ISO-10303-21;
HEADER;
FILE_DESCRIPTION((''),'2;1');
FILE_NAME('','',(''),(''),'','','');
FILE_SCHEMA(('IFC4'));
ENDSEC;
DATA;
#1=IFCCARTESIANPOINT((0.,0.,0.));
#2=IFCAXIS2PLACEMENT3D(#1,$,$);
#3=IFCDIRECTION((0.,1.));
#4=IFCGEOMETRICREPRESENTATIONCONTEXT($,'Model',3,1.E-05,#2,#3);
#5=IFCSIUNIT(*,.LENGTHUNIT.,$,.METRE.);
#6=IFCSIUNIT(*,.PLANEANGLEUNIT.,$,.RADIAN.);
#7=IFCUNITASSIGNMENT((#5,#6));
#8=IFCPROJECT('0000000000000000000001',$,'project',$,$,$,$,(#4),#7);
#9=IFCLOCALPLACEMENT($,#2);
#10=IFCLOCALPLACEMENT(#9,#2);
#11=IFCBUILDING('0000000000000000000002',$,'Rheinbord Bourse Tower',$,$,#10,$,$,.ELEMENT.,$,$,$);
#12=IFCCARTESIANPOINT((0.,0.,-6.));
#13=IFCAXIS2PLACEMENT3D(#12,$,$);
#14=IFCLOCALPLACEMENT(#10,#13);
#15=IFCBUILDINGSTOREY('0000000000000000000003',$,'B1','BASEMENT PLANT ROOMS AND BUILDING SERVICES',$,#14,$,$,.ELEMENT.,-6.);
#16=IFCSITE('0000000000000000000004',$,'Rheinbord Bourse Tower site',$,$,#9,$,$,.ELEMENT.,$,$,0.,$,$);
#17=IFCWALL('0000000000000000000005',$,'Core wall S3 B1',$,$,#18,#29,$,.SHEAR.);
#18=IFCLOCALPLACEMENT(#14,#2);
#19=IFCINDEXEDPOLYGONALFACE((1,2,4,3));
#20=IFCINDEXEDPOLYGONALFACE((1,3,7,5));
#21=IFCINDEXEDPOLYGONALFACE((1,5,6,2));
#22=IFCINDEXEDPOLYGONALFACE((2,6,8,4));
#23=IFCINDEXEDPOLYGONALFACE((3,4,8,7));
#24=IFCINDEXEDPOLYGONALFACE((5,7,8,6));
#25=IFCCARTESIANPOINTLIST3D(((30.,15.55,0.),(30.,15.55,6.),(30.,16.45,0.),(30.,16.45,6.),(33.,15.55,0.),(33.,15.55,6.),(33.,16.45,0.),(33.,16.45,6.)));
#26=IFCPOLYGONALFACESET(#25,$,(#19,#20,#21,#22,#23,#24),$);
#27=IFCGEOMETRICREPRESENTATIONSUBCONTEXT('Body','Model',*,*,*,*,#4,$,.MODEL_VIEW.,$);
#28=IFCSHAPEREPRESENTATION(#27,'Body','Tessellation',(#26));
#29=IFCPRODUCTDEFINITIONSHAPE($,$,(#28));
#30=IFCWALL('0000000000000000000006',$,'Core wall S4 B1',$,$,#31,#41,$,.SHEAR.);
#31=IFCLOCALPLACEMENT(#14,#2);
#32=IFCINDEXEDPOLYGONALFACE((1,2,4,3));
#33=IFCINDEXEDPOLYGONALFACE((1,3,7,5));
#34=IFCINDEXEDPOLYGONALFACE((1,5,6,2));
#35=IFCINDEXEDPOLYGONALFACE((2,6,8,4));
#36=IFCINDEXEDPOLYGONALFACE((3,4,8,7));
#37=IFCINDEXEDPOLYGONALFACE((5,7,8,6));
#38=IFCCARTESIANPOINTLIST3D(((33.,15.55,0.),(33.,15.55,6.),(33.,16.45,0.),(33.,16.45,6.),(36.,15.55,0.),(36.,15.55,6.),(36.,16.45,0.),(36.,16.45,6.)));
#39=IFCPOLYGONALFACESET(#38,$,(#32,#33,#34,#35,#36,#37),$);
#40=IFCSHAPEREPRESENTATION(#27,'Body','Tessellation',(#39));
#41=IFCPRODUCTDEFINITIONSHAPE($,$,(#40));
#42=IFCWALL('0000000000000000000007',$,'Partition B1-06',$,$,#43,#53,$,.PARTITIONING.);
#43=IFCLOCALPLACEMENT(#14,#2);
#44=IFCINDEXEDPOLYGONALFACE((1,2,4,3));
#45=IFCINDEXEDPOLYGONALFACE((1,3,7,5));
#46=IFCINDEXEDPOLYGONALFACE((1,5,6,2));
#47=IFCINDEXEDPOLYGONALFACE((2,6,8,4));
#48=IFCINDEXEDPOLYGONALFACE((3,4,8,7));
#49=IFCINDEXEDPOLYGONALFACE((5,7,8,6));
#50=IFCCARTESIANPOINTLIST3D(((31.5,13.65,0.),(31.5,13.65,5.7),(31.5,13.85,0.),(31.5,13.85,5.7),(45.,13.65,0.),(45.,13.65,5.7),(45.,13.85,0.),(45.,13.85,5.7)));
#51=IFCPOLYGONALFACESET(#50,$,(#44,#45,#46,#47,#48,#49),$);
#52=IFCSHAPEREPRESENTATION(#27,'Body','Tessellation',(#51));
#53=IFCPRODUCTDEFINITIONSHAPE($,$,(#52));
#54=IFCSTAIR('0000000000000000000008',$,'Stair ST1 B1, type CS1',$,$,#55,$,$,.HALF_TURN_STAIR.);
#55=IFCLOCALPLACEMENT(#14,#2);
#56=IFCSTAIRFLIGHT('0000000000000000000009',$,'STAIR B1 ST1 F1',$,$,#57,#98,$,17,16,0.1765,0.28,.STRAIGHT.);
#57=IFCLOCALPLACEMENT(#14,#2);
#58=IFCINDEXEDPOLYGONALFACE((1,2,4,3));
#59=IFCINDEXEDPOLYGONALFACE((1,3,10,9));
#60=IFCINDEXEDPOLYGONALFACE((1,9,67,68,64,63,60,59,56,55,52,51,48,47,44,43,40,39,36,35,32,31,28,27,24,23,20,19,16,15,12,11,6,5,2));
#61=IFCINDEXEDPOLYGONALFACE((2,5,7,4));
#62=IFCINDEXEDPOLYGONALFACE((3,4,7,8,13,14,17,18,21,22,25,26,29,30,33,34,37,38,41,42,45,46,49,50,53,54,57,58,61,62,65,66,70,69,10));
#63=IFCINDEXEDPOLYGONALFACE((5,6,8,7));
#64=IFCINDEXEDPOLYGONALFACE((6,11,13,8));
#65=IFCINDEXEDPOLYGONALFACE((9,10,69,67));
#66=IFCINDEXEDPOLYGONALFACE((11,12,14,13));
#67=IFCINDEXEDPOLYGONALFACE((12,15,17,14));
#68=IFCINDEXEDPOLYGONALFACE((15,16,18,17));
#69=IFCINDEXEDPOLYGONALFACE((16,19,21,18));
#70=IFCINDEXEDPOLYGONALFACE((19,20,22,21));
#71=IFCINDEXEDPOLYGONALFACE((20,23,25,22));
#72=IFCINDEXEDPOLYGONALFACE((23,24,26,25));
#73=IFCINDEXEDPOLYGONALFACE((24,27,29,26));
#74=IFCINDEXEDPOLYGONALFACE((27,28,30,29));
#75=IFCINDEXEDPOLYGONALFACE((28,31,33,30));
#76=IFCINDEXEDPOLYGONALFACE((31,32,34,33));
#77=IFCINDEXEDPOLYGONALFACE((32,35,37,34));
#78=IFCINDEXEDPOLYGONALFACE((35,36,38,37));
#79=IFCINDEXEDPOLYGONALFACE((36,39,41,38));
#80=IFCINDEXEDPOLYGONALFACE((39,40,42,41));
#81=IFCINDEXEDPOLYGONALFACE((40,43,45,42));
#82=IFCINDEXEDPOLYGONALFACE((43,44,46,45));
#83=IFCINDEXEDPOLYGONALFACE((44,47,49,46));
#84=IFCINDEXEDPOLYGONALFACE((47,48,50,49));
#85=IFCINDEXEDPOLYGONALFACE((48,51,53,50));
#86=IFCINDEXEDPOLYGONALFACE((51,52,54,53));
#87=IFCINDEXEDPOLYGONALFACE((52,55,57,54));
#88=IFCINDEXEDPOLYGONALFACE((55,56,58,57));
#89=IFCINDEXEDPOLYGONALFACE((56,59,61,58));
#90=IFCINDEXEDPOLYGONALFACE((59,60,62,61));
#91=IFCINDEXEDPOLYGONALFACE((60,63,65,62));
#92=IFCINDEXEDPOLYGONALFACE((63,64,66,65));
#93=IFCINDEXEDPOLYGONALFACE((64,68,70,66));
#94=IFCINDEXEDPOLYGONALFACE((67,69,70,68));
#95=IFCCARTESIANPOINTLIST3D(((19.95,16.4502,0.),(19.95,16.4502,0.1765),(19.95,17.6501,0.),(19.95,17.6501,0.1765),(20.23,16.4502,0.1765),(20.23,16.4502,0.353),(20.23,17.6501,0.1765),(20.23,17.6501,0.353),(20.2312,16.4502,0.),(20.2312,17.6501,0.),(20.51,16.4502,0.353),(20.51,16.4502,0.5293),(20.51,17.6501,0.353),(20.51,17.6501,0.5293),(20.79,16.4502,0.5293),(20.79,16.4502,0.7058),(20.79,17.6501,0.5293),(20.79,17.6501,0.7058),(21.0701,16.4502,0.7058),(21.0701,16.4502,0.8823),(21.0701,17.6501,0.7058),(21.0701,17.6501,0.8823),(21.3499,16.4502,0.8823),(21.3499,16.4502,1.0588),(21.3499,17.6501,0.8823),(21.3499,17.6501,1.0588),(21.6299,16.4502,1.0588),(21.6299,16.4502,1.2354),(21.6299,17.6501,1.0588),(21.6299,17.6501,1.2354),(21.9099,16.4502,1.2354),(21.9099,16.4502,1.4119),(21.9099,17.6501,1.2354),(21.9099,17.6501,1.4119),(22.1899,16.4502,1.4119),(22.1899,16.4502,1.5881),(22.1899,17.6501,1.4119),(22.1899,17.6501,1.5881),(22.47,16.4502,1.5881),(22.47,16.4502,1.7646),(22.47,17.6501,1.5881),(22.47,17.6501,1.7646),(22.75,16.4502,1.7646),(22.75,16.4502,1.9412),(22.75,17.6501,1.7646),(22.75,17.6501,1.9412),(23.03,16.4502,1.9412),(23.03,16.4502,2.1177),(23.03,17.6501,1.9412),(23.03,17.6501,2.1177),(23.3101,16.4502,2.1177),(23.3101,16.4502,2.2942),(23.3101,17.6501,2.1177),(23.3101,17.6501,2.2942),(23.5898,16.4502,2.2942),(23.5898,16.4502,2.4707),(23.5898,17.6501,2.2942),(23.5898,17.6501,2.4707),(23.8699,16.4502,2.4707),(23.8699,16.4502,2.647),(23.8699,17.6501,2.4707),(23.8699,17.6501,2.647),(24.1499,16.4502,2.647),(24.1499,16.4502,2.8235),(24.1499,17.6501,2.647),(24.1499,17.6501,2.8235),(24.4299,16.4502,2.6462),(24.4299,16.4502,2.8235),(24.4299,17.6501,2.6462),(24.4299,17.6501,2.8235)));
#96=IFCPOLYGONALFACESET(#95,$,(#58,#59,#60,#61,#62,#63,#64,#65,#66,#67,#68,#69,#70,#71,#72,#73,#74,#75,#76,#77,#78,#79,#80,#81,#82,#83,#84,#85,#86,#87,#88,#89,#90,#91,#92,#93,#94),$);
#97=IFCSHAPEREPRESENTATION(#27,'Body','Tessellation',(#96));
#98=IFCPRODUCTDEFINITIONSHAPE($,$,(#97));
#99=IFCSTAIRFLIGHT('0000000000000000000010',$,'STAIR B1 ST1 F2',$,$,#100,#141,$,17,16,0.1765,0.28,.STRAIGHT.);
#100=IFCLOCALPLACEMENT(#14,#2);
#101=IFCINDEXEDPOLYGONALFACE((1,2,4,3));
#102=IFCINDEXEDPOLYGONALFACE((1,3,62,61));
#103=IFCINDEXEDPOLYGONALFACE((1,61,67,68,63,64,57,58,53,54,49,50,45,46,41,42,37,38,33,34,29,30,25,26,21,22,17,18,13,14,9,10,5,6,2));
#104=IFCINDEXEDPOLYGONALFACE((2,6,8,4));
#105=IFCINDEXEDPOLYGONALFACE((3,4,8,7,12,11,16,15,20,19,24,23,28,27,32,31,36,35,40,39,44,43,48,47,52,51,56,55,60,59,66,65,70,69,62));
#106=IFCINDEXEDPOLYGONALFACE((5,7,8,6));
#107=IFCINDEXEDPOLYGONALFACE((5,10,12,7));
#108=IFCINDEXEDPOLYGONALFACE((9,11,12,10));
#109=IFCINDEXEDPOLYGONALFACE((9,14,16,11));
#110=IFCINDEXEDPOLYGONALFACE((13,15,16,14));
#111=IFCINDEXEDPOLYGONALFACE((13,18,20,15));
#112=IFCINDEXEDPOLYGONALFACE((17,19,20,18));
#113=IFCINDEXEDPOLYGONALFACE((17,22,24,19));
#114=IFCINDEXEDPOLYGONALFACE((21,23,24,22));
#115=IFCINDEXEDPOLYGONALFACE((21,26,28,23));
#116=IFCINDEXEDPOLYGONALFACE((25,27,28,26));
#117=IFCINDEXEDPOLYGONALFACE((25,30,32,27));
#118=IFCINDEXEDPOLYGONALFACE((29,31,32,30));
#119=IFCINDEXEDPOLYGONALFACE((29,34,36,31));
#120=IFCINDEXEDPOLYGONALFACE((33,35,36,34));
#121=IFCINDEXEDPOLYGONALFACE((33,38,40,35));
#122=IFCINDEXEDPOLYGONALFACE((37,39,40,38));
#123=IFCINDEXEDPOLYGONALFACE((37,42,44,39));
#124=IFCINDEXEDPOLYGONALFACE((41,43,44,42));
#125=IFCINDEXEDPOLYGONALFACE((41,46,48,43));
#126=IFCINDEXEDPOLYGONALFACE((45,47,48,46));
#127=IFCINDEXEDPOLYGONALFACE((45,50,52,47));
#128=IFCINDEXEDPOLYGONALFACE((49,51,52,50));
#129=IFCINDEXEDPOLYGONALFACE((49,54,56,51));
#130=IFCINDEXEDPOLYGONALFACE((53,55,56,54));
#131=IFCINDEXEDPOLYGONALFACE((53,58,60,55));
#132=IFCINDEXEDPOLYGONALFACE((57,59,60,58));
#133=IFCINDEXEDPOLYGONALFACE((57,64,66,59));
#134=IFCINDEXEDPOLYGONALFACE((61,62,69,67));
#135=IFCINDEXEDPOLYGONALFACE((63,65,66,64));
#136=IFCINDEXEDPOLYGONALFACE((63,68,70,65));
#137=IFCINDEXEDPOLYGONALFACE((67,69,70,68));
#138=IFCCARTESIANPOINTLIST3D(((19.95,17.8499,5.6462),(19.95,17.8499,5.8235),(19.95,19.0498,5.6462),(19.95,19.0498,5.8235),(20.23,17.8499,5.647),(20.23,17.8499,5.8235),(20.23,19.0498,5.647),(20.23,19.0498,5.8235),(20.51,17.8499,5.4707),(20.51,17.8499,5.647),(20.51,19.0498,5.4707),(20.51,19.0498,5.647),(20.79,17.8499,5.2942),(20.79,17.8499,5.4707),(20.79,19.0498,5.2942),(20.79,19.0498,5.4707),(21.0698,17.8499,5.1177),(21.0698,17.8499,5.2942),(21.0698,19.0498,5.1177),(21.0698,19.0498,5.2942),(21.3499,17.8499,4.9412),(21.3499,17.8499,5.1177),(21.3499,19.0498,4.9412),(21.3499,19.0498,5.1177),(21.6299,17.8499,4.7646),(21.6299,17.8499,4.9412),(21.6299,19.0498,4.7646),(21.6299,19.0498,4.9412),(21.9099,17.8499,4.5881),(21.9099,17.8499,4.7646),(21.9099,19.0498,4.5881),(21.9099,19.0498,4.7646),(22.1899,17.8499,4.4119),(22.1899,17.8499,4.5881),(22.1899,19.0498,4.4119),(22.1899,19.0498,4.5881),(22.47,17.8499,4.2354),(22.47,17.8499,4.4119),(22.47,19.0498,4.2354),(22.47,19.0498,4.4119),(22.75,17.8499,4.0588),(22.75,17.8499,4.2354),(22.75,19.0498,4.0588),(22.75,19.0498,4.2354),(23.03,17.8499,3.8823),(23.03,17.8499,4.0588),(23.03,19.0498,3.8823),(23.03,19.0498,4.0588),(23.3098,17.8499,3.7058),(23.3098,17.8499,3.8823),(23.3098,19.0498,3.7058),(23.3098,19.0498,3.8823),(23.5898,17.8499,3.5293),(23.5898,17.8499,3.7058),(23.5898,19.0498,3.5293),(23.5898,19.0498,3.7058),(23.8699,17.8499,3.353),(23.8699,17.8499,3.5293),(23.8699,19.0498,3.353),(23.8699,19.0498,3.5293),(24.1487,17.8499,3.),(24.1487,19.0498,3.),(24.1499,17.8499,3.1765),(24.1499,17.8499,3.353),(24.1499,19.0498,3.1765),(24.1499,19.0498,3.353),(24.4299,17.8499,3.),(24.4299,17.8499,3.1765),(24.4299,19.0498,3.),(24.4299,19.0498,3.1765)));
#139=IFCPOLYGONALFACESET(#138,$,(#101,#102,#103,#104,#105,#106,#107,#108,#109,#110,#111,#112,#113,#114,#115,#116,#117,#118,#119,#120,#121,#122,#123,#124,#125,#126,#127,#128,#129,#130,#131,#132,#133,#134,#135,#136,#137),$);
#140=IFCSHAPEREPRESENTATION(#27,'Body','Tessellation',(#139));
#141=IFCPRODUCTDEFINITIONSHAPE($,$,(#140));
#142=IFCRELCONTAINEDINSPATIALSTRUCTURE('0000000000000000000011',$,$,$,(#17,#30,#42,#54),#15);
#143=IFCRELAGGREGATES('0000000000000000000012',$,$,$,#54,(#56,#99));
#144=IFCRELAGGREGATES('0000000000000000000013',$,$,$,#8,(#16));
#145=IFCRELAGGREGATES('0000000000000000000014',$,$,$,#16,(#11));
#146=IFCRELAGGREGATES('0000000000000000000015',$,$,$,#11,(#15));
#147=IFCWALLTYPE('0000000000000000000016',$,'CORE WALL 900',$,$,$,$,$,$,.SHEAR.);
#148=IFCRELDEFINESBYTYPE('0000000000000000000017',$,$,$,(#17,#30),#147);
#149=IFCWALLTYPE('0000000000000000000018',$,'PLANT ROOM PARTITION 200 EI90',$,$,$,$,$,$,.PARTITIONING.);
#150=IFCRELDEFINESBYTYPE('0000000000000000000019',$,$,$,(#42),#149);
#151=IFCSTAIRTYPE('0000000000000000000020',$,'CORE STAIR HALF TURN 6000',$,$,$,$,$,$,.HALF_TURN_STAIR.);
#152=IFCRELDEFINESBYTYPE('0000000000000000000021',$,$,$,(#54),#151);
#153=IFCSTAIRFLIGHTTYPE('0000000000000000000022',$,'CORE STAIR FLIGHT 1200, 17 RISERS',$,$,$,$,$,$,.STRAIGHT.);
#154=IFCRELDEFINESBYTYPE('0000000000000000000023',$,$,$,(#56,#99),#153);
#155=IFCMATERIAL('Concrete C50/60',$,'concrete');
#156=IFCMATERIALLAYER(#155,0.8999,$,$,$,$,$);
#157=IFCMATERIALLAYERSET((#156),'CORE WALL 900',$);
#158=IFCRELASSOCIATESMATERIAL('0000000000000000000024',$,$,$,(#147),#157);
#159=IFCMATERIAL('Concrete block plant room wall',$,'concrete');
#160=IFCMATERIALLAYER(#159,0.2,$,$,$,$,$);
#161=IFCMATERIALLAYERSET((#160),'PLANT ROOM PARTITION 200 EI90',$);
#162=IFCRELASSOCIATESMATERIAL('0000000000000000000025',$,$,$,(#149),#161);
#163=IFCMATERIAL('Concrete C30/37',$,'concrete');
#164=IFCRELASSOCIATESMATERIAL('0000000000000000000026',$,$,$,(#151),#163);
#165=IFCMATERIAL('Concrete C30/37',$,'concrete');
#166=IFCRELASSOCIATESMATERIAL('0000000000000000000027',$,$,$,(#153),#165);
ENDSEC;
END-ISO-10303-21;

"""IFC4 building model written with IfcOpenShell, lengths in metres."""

from ifc_helpers import new_model, si_unit, direction, frame, frame_2d, origin, place, context, subcontext, project, spatial, polyline, rectangle, outline, extrude, material, layer, layer_set, type_object, element, aggregate, save


model = new_model("IFC4")

# Units and contexts
model_context = context("Model", 3, precision=1e-05, world=origin(), true_north=direction((0.0, 1.0)))
body_context = subcontext(model_context, "Body", "Model", "MODEL_VIEW")
ifc_project = project(units=[si_unit("LENGTHUNIT", "METRE"), si_unit("PLANEANGLEUNIT", "RADIAN")], contexts=[model_context])

# Site, building, storey
site_placement = place(None, origin())
site = spatial("IfcSite", under=ifc_project, at=site_placement, Name="Rheinbord Bourse Tower site", CompositionType="ELEMENT", RefElevation=0.0)
building_placement = place(site_placement, origin())
building = spatial("IfcBuilding", under=site, at=building_placement, Name="Rheinbord Bourse Tower", CompositionType="ELEMENT")
storey_placement = place(building_placement, frame((0.0, 0.0, -6.0)))
storey = spatial("IfcBuildingStorey", under=building, at=storey_placement, Name="B1", Description="BASEMENT PLANT ROOMS AND BUILDING SERVICES", CompositionType="ELEMENT", Elevation=-6.0)

# Walls
ifc_material_1 = material(Name="Concrete C50/60", Category="concrete")
ifc_layer_1 = layer(ifc_material_1, 0.8999)
ifc_layer_set_1 = layer_set([ifc_layer_1], Name="CORE WALL 900")
wall_type_1 = type_object("IfcWallType", Name="CORE WALL 900", PredefinedType="SHEAR", material=ifc_layer_set_1)
for number, where, z_axis, x_axis, name in (
    (1, (30.0, 16.0, 0.0), (0.0, 0.0, 1.0), (1.0, 0.0, 0.0), "Core wall S3 B1"),
    (2, (33.0, 16.0, 0.0), (0.0, 0.0, 1.0), (1.0, 0.0, 0.0), "Core wall S4 B1"),
):
    element("IfcWall", number, at=place(storey_placement, frame(where, z_axis=z_axis, x_axis=x_axis)), inside=storey, type_object=wall_type_1, Name=name, PredefinedType="SHEAR", context=body_context, shape_type="SweptSolid", body=[
        extrude(rectangle(XDim=3.0, YDim=0.8999, at=frame_2d((1.5, 0.0))), origin(), (0.0, 0.0, 1.0), 6.0),
    ])
ifc_material_2 = material(Name="Concrete block plant room wall", Category="concrete")
ifc_layer_2 = layer(ifc_material_2, 0.2)
ifc_layer_set_2 = layer_set([ifc_layer_2], Name="PLANT ROOM PARTITION 200 EI90")
wall_type_2 = type_object("IfcWallType", Name="PLANT ROOM PARTITION 200 EI90", PredefinedType="PARTITIONING", material=ifc_layer_set_2)
wall_1_placement = place(storey_placement, frame((31.5, 13.75, 0.0), z_axis=(0.0, 0.0, 1.0), x_axis=(1.0, 0.0, 0.0)))
element("IfcWall", 3, at=wall_1_placement, inside=storey, type_object=wall_type_2, Name="Partition B1-06", PredefinedType="PARTITIONING", context=body_context, shape_type="SweptSolid", body=[
    extrude(rectangle(XDim=13.5, YDim=0.2, at=frame_2d((6.75, 0.0))), origin(), (0.0, 0.0, 1.0), 5.7),
])

# Stair, stair flights
ifc_material_3 = material(Name="Concrete C30/37", Category="concrete")
stair_type = type_object("IfcStairType", Name="CORE STAIR HALF TURN 6000", PredefinedType="HALF_TURN_STAIR", material=ifc_material_3)
stair_placement = place(storey_placement, origin())
stair = element("IfcStair", 4, at=stair_placement, inside=storey, type_object=stair_type, Name="Stair ST1 B1, type CS1", PredefinedType="HALF_TURN_STAIR")
ifc_material_4 = material(Name="Concrete C30/37", Category="concrete")
stair_flight_type = type_object("IfcStairFlightType", Name="CORE STAIR FLIGHT 1200, 17 RISERS", PredefinedType="STRAIGHT", material=ifc_material_4)
stair_flight_1_placement = place(storey_placement, frame((19.95, 17.05, 0.0), z_axis=(0.0, 0.0, 1.0), x_axis=(1.0, 0.0, 0.0)))
stair_flight_1 = element("IfcStairFlight", 5, at=stair_flight_1_placement, type_object=stair_flight_type, Name="STAIR B1 ST1 F1", NumberOfRisers=17, NumberOfTreads=16, PredefinedType="STRAIGHT", RiserHeight=0.1765, TreadLength=0.28, context=body_context, shape_type="SweptSolid", body=[
    extrude(outline(polyline([(0.0, 0.0), (0.0, 0.1765), (0.28, 0.1765), (0.28, 0.353), (0.5601, 0.353), (0.5601, 0.5293), (0.8401, 0.5293), (0.8401, 0.7058), (1.1201, 0.7058), (1.1201, 0.8823), (1.3999, 0.8823), (1.3999, 1.0588), (1.6799, 1.0588), (1.6799, 1.2354), (1.96, 1.2354), (1.96, 1.4119), (2.24, 1.4119), (2.24, 1.5881), (2.52, 1.5881), (2.52, 1.7646), (2.8, 1.7646), (2.8, 1.9412), (3.0801, 1.9412), (3.0801, 2.1177), (3.3601, 2.1177), (3.3601, 2.2942), (3.6399, 2.2942), (3.6399, 2.4707), (3.9199, 2.4707), (3.9199, 2.647), (4.2, 2.647), (4.2, 2.8235), (4.48, 2.8235), (4.48, 3.0), (4.48, 2.6462), (0.2812, 0.0), (0.0, 0.0)])), frame((0.0, 0.6001, 0.0), z_axis=(0.0, -1.0, 0.0), x_axis=(1.0, 0.0, 0.0)), (0.0, 0.0, 1.0), 1.2),
])
stair_flight_2_placement = place(storey_placement, frame((24.4299, 18.45, 3.0), z_axis=(0.0, 0.0, 1.0), x_axis=(-1.0, 0.0, 0.0)))
stair_flight_2 = element("IfcStairFlight", 6, at=stair_flight_2_placement, type_object=stair_flight_type, Name="STAIR B1 ST1 F2", NumberOfRisers=17, NumberOfTreads=16, PredefinedType="STRAIGHT", RiserHeight=0.1765, TreadLength=0.28, context=body_context, shape_type="SweptSolid", body=[
    extrude(outline(polyline([(0.0, 0.0), (0.0, 0.1765), (0.28, 0.1765), (0.28, 0.353), (0.5601, 0.353), (0.5601, 0.5293), (0.8401, 0.5293), (0.8401, 0.7058), (1.1201, 0.7058), (1.1201, 0.8823), (1.3999, 0.8823), (1.3999, 1.0588), (1.6799, 1.0588), (1.6799, 1.2354), (1.96, 1.2354), (1.96, 1.4119), (2.24, 1.4119), (2.24, 1.5881), (2.52, 1.5881), (2.52, 1.7646), (2.8, 1.7646), (2.8, 1.9412), (3.0801, 1.9412), (3.0801, 2.1177), (3.3601, 2.1177), (3.3601, 2.2942), (3.6399, 2.2942), (3.6399, 2.4707), (3.9199, 2.4707), (3.9199, 2.647), (4.2, 2.647), (4.2, 2.8235), (4.48, 2.8235), (4.48, 3.0), (4.48, 2.6462), (0.2812, 0.0), (0.0, 0.0)])), frame((0.0, 0.6001, 0.0), z_axis=(0.0, -1.0, 0.0), x_axis=(1.0, 0.0, 0.0)), (0.0, 0.0, 1.0), 1.2),
])
aggregate(stair, [stair_flight_1, stair_flight_2])

save(model, "model.ifc")
